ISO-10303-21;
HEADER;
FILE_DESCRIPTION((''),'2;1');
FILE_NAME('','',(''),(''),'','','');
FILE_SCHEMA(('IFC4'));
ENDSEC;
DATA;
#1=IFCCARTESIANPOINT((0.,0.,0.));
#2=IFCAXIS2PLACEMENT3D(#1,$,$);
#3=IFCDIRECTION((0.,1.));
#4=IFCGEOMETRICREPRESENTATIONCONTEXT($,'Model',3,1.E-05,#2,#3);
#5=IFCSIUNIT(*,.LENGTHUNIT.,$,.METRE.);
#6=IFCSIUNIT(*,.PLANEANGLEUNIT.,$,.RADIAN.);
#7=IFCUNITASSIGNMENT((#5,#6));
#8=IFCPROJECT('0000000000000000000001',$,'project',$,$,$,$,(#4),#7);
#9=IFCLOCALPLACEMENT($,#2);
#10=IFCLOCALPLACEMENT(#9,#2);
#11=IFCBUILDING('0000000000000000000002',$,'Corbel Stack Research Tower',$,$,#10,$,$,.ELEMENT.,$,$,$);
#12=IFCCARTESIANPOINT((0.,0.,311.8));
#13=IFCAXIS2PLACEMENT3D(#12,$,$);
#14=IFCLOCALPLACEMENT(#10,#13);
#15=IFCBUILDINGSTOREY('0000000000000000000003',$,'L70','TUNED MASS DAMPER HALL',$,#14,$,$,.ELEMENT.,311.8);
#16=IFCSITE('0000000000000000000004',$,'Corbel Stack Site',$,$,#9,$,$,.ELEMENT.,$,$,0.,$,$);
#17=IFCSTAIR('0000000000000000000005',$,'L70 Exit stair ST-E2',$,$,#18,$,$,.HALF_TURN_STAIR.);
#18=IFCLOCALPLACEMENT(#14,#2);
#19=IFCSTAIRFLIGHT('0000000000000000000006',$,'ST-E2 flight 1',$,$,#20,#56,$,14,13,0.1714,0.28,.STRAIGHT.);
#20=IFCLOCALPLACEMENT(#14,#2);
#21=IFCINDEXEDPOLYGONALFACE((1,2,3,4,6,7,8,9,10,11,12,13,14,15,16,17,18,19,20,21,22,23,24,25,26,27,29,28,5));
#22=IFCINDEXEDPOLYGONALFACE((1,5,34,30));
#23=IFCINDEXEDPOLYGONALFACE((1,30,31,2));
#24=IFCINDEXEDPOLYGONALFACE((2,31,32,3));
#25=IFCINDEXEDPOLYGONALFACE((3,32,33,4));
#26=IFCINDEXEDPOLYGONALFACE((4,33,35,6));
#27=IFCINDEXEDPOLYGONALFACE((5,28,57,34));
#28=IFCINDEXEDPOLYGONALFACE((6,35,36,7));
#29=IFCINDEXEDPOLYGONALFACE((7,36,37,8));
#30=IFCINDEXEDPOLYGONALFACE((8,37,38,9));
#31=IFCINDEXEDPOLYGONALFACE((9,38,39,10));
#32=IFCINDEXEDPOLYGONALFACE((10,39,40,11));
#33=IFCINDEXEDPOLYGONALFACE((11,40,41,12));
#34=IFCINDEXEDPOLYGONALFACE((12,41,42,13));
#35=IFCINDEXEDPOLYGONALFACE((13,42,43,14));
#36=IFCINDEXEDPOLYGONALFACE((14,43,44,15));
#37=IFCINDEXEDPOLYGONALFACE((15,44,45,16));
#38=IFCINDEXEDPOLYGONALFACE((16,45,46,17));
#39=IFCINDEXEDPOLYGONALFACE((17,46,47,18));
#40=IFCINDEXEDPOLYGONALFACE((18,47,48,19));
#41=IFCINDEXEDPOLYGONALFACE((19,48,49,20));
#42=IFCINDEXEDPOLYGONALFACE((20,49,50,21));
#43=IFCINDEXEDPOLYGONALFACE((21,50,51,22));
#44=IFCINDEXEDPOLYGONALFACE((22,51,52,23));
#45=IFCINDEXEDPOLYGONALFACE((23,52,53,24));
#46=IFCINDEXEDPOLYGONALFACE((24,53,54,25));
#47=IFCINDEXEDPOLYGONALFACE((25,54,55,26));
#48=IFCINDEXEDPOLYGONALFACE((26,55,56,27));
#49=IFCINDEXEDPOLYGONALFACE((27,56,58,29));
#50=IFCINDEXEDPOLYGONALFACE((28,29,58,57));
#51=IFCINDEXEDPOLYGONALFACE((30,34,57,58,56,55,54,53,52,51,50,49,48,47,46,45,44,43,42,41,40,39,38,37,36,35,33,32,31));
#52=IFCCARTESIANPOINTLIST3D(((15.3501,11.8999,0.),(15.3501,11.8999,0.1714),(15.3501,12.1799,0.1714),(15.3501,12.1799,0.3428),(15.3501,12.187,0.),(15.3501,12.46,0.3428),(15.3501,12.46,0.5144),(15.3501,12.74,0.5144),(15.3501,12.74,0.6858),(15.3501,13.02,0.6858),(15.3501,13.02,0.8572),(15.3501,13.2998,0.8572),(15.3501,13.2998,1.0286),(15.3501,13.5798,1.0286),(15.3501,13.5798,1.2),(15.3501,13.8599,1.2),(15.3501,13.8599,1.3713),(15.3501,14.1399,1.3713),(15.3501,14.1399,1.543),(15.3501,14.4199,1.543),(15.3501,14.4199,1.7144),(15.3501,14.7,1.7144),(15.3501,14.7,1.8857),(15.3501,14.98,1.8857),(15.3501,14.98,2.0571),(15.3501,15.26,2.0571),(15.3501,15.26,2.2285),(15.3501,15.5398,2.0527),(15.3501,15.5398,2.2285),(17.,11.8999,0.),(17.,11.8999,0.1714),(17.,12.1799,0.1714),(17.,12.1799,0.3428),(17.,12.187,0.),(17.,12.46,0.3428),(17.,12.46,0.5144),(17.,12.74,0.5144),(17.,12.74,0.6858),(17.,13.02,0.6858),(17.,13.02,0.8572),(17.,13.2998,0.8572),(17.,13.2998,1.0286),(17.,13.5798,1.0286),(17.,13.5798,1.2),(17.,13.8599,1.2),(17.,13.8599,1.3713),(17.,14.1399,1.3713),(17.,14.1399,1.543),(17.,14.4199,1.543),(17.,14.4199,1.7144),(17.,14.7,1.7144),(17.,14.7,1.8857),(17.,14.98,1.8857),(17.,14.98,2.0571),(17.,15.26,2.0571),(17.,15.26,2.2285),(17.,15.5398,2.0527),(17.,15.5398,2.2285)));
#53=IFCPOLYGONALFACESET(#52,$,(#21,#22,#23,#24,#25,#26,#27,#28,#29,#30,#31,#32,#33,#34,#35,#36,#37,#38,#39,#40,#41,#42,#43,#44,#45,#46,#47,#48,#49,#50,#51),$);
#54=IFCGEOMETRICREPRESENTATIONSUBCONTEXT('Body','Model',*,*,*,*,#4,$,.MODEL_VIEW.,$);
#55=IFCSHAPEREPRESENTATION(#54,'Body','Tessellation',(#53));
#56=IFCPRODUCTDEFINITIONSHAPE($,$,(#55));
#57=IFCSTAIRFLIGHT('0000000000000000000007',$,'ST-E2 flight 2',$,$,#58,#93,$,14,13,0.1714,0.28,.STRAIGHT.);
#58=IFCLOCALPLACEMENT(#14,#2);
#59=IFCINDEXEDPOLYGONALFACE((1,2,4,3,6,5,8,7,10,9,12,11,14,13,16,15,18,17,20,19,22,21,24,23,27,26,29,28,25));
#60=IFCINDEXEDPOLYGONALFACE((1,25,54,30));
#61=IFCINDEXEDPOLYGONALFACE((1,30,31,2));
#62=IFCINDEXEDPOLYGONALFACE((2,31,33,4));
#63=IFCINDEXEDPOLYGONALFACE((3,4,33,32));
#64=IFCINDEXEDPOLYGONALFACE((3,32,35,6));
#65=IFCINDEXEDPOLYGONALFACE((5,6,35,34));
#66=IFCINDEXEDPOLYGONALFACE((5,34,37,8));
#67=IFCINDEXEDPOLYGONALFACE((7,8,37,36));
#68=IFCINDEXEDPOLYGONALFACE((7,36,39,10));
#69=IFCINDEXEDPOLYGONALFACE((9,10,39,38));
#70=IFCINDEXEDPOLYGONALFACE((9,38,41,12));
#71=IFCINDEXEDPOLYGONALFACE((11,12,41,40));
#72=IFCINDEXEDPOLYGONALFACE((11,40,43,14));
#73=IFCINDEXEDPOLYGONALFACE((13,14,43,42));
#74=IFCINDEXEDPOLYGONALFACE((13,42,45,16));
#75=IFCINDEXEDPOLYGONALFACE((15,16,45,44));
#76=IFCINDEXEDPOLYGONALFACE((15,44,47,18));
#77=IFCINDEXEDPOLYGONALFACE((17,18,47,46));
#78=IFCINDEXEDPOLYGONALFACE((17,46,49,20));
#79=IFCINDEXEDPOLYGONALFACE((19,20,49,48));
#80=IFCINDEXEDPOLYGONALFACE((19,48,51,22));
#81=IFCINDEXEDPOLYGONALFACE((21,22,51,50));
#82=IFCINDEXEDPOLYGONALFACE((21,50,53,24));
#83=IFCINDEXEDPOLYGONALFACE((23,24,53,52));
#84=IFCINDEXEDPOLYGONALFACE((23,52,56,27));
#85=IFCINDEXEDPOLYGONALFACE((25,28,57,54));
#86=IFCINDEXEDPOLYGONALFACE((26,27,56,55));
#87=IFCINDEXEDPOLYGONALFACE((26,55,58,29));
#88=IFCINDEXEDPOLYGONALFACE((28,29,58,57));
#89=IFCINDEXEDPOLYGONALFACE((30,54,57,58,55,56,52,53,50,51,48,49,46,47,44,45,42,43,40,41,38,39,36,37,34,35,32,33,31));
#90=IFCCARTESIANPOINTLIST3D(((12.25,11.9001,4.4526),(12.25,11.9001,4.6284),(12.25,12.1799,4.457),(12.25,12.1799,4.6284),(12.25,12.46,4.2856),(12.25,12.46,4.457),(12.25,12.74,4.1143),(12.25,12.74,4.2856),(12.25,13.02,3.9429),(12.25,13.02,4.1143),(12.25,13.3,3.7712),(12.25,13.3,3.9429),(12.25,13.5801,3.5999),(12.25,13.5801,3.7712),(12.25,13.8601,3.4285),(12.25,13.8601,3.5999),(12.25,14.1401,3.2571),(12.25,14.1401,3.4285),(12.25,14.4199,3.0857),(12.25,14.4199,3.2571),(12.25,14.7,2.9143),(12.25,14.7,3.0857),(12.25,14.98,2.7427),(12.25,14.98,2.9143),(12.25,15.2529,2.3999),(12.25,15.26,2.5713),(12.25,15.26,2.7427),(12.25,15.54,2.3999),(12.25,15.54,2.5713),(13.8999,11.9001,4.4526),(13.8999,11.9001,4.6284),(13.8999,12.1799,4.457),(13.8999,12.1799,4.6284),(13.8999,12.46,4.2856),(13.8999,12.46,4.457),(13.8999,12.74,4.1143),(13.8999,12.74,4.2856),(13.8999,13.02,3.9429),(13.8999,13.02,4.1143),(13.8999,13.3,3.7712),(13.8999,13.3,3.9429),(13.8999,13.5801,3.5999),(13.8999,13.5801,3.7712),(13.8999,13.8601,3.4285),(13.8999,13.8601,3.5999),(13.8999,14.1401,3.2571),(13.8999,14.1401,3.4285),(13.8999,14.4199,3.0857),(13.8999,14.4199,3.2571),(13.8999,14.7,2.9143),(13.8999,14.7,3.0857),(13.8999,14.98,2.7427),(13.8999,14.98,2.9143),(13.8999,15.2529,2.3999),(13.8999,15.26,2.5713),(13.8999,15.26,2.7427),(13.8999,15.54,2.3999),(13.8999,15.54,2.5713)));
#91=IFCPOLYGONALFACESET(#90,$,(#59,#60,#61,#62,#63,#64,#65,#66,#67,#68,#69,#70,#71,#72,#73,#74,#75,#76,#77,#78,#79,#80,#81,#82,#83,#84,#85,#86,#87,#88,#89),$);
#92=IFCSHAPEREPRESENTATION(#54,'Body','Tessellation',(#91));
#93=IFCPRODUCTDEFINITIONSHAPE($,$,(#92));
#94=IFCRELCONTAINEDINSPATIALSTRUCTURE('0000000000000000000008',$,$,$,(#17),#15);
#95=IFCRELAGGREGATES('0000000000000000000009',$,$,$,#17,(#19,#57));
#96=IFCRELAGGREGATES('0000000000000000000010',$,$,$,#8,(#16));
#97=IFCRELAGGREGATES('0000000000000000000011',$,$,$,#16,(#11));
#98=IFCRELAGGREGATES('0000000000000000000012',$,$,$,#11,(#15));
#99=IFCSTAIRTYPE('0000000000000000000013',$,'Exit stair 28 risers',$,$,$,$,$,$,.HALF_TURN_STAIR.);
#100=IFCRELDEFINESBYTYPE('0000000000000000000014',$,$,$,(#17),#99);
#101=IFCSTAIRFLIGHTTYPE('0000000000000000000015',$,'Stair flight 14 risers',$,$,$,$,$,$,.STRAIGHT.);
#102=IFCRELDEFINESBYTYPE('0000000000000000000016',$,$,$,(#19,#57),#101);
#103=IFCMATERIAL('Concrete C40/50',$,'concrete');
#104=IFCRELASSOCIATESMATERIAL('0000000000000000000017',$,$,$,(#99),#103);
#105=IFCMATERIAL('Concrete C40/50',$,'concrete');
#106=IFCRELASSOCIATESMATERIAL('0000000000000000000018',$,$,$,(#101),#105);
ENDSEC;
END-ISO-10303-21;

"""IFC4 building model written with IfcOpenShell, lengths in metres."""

from ifc_helpers import new_model, si_unit, direction, frame, origin, place, context, subcontext, project, spatial, polyline, outline, extrude, material, type_object, element, aggregate, save


model = new_model("IFC4")

# Units and contexts
model_context = context("Model", 3, precision=1e-05, world=origin(), true_north=direction((0.0, 1.0)))
body_context = subcontext(model_context, "Body", "Model", "MODEL_VIEW")
ifc_project = project(units=[si_unit("LENGTHUNIT", "METRE"), si_unit("PLANEANGLEUNIT", "RADIAN")], contexts=[model_context])

# Site, building, storey
site_placement = place(None, origin())
site = spatial("IfcSite", under=ifc_project, at=site_placement, Name="Corbel Stack Site", CompositionType="ELEMENT", RefElevation=0.0)
building_placement = place(site_placement, origin())
building = spatial("IfcBuilding", under=site, at=building_placement, Name="Corbel Stack Research Tower", CompositionType="ELEMENT")
storey_placement = place(building_placement, frame((0.0, 0.0, 311.8)))
storey = spatial("IfcBuildingStorey", under=building, at=storey_placement, Name="L70", Description="TUNED MASS DAMPER HALL", CompositionType="ELEMENT", Elevation=311.8)

# Stair, stair flights
ifc_material_1 = material(Name="Concrete C40/50", Category="concrete")
stair_type = type_object("IfcStairType", Name="Exit stair 28 risers", PredefinedType="HALF_TURN_STAIR", material=ifc_material_1)
stair_placement = place(storey_placement, origin())
stair = element("IfcStair", 1, at=stair_placement, inside=storey, type_object=stair_type, Name="L70 Exit stair ST-E2", PredefinedType="HALF_TURN_STAIR")
ifc_material_2 = material(Name="Concrete C40/50", Category="concrete")
stair_flight_type = type_object("IfcStairFlightType", Name="Stair flight 14 risers", PredefinedType="STRAIGHT", material=ifc_material_2)
stair_flight_1_placement = place(storey_placement, frame((16.175, 11.8999, 0.0), z_axis=(0.0, 0.0, 1.0), x_axis=(0.0, 1.0, 0.0)))
stair_flight_1 = element("IfcStairFlight", 2, at=stair_flight_1_placement, type_object=stair_flight_type, Name="ST-E2 flight 1", NumberOfRisers=14, NumberOfTreads=13, PredefinedType="STRAIGHT", RiserHeight=0.1714, TreadLength=0.28, context=body_context, shape_type="SweptSolid", body=[
    extrude(outline(polyline([(0.0, 0.0), (0.0, 0.1714), (0.28, 0.1714), (0.28, 0.3428), (0.5601, 0.3428), (0.5601, 0.5144), (0.8401, 0.5144), (0.8401, 0.6858), (1.1201, 0.6858), (1.1201, 0.8572), (1.3999, 0.8572), (1.3999, 1.0286), (1.6799, 1.0286), (1.6799, 1.2), (1.96, 1.2), (1.96, 1.3713), (2.24, 1.3713), (2.24, 1.543), (2.52, 1.543), (2.52, 1.7144), (2.8, 1.7144), (2.8, 1.8857), (3.0801, 1.8857), (3.0801, 2.0571), (3.3601, 2.0571), (3.3601, 2.2285), (3.6399, 2.2285), (3.6399, 2.3999), (3.6399, 2.0527), (0.2871, 0.0), (0.0, 0.0)])), frame((0.0, 0.825, 0.0), z_axis=(0.0, -1.0, 0.0), x_axis=(1.0, 0.0, 0.0)), (0.0, 0.0, 1.0), 1.6499),
])
stair_flight_2_placement = place(storey_placement, frame((13.075, 15.54, 2.3999), z_axis=(0.0, 0.0, 1.0), x_axis=(0.0, -1.0, 0.0)))
stair_flight_2 = element("IfcStairFlight", 3, at=stair_flight_2_placement, type_object=stair_flight_type, Name="ST-E2 flight 2", NumberOfRisers=14, NumberOfTreads=13, PredefinedType="STRAIGHT", RiserHeight=0.1714, TreadLength=0.28, context=body_context, shape_type="SweptSolid", body=[
    extrude(outline(polyline([(0.0, 0.0), (0.0, 0.1714), (0.28, 0.1714), (0.28, 0.3428), (0.5601, 0.3428), (0.5601, 0.5144), (0.8401, 0.5144), (0.8401, 0.6858), (1.1201, 0.6858), (1.1201, 0.8572), (1.3999, 0.8572), (1.3999, 1.0286), (1.6799, 1.0286), (1.6799, 1.2), (1.96, 1.2), (1.96, 1.3713), (2.24, 1.3713), (2.24, 1.543), (2.52, 1.543), (2.52, 1.7144), (2.8, 1.7144), (2.8, 1.8857), (3.0801, 1.8857), (3.0801, 2.0571), (3.3601, 2.0571), (3.3601, 2.2285), (3.6399, 2.2285), (3.6399, 2.3999), (3.6399, 2.0527), (0.2871, 0.0), (0.0, 0.0)])), frame((0.0, 0.825, 0.0), z_axis=(0.0, -1.0, 0.0), x_axis=(1.0, 0.0, 0.0)), (0.0, 0.0, 1.0), 1.6499),
])
aggregate(stair, [stair_flight_1, stair_flight_2])

save(model, "model.ifc")
